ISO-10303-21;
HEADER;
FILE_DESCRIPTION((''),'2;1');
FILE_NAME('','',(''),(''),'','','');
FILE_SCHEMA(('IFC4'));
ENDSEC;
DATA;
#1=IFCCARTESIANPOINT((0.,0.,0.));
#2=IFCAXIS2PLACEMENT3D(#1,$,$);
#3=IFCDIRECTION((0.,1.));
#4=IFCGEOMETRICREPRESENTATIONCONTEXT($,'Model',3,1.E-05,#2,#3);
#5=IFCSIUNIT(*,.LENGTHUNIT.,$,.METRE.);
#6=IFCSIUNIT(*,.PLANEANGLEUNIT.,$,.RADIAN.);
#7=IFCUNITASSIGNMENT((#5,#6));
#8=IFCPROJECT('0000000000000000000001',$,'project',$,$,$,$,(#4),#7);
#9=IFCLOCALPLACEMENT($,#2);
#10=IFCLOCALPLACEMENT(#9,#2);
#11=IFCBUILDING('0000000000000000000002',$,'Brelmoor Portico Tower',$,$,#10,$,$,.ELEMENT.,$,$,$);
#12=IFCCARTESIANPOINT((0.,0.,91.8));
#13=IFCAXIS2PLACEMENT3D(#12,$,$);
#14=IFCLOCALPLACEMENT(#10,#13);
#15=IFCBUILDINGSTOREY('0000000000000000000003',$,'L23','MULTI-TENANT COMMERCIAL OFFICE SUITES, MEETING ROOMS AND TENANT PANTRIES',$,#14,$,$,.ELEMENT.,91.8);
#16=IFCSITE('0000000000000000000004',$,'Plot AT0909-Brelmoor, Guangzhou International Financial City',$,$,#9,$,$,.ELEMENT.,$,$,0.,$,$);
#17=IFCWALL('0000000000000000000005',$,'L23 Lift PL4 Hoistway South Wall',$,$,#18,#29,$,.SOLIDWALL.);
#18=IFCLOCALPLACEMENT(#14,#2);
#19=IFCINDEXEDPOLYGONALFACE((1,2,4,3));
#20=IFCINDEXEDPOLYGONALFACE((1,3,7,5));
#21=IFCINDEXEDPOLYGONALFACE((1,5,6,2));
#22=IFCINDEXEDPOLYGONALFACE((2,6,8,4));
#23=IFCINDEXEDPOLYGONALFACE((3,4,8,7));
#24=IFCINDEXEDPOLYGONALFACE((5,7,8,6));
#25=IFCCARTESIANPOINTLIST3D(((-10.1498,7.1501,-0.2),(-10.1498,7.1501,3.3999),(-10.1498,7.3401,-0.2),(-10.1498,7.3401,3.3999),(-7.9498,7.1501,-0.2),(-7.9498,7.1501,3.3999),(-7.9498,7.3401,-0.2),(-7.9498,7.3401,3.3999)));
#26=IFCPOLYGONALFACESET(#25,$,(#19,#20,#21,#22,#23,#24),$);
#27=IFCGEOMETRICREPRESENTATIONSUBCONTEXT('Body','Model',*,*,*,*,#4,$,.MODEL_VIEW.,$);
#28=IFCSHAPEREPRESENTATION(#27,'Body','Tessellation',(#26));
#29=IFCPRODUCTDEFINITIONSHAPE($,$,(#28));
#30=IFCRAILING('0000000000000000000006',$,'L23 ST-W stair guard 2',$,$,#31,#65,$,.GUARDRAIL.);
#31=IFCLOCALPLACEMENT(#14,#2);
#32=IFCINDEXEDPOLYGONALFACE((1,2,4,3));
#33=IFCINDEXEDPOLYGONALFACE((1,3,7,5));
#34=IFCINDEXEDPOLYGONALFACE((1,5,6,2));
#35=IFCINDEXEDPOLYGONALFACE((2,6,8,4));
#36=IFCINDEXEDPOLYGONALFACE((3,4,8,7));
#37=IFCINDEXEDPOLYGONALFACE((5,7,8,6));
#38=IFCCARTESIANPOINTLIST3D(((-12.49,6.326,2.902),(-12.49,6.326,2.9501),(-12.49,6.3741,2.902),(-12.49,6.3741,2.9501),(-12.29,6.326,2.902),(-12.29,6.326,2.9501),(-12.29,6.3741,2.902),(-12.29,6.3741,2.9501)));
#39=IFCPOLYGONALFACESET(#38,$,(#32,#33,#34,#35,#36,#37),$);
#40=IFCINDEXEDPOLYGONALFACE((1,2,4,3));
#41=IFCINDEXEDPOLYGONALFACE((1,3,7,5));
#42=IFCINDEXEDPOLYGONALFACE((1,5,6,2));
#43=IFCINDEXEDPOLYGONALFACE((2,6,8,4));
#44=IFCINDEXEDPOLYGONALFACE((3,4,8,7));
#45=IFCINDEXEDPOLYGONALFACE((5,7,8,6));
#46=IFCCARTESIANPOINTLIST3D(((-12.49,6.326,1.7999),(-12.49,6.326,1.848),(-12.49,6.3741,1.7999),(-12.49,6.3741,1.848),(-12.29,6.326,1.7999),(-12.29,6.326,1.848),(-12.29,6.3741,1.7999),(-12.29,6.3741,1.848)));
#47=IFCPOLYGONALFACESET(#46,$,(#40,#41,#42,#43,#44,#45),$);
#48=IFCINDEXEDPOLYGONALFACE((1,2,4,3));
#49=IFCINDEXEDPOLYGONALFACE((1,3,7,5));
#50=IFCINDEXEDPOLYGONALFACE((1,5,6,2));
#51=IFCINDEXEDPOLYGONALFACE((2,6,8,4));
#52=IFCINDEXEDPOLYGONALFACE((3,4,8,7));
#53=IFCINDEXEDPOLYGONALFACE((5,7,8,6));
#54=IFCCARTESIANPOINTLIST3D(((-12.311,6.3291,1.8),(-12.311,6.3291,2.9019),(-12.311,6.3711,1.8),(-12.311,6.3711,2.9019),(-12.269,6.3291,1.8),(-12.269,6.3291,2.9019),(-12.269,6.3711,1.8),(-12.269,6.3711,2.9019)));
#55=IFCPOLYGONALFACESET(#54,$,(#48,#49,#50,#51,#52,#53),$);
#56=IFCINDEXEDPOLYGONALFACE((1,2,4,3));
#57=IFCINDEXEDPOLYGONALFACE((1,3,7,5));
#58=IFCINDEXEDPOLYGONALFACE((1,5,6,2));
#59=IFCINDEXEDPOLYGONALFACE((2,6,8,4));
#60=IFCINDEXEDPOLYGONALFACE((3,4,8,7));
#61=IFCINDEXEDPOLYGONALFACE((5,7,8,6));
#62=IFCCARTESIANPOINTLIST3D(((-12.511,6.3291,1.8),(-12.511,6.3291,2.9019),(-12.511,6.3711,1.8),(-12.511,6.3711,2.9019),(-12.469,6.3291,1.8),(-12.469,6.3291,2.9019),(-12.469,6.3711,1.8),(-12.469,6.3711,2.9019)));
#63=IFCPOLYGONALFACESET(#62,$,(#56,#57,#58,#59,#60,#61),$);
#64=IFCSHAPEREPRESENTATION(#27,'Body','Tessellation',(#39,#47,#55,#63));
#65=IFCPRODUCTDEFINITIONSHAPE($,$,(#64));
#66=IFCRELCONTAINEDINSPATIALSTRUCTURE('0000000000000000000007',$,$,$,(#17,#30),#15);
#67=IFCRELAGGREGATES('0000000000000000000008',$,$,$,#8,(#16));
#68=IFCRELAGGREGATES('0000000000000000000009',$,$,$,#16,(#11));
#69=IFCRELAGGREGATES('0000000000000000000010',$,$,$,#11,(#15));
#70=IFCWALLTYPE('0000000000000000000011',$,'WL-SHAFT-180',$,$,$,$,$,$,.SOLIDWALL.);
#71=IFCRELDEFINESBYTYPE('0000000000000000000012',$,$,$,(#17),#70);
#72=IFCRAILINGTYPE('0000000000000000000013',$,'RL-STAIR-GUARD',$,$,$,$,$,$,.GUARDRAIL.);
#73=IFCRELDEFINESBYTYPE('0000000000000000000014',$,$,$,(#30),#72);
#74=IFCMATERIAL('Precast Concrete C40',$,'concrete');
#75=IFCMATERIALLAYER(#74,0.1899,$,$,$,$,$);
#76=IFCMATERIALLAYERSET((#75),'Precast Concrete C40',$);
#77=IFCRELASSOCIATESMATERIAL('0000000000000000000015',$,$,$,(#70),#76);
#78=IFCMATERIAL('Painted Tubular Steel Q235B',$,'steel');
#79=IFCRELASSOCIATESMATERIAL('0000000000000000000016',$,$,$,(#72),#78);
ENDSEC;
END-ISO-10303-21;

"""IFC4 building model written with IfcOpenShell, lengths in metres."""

from ifc_helpers import new_model, si_unit, direction, frame, frame_2d, origin, origin_2d, place, context, subcontext, project, spatial, rectangle, extrude, material, layer, layer_set, type_object, element, save


model = new_model("IFC4")

# Units and contexts
model_context = context("Model", 3, precision=1e-05, world=origin(), true_north=direction((0.0, 1.0)))
body_context = subcontext(model_context, "Body", "Model", "MODEL_VIEW")
ifc_project = project(units=[si_unit("LENGTHUNIT", "METRE"), si_unit("PLANEANGLEUNIT", "RADIAN")], contexts=[model_context])

# Site, building, storey
site_placement = place(None, origin())
site = spatial("IfcSite", under=ifc_project, at=site_placement, Name="Plot AT0909-Brelmoor, Guangzhou International Financial City", CompositionType="ELEMENT", RefElevation=0.0)
building_placement = place(site_placement, origin())
building = spatial("IfcBuilding", under=site, at=building_placement, Name="Brelmoor Portico Tower", CompositionType="ELEMENT")
storey_placement = place(building_placement, frame((0.0, 0.0, 91.8)))
storey = spatial("IfcBuildingStorey", under=building, at=storey_placement, Name="L23", Description="MULTI-TENANT COMMERCIAL OFFICE SUITES, MEETING ROOMS AND TENANT PANTRIES", CompositionType="ELEMENT", Elevation=91.8)

# Wall
ifc_material_1 = material(Name="Precast Concrete C40", Category="concrete")
ifc_layer_1 = layer(ifc_material_1, 0.1899)
ifc_layer_set_1 = layer_set([ifc_layer_1], Name="Precast Concrete C40")
wall_type_1 = type_object("IfcWallType", Name="WL-SHAFT-180", PredefinedType="SOLIDWALL", material=ifc_layer_set_1)
for number, where, z_axis, x_axis, name in (
    (1, (-10.1499, 7.2451, -0.2), (0.0, 0.0, 1.0), (1.0, 0.0, 0.0), "L23 Lift PL4 Hoistway South Wall"),
):
    element("IfcWall", number, at=place(storey_placement, frame(where, z_axis=z_axis, x_axis=x_axis)), inside=storey, type_object=wall_type_1, Name=name, PredefinedType="SOLIDWALL", context=body_context, shape_type="SweptSolid", body=[
        extrude(rectangle(XDim=2.2, YDim=0.1899, at=frame_2d((1.1001, 0.0))), origin(), (0.0, 0.0, 1.0), 3.5999),
    ])

# Railing
ifc_material_2 = material(Name="Painted Tubular Steel Q235B", Category="steel")
railing_type = type_object("IfcRailingType", Name="RL-STAIR-GUARD", PredefinedType="GUARDRAIL", material=ifc_material_2)
railing_placement = place(storey_placement, frame((-12.29, 6.3501, 1.8)))
element("IfcRailing", 2, at=railing_placement, inside=storey, type_object=railing_type, Name="L23 ST-W stair guard 2", PredefinedType="GUARDRAIL", context=body_context, shape_type="SweptSolid", body=[
    extrude(rectangle(XDim=0.0481, YDim=0.0481, at=origin_2d()), frame((0.0, 0.0, 1.126), z_axis=(-1.0, 0.0, 0.0), x_axis=(0.0, -1.0, 0.0)), (0.0, 0.0, 1.0), 0.2),
    extrude(rectangle(XDim=0.0481, YDim=0.0481, at=origin_2d()), frame((0.0, 0.0, 0.0239), z_axis=(-1.0, 0.0, 0.0), x_axis=(0.0, -1.0, 0.0)), (0.0, 0.0, 1.0), 0.2),
    extrude(rectangle(XDim=0.042, YDim=0.042, at=origin_2d()), origin(), (0.0, 0.0, 1.0), 1.1018),
    extrude(rectangle(XDim=0.042, YDim=0.042, at=origin_2d()), frame((-0.2, 0.0, 0.0)), (0.0, 0.0, 1.0), 1.1018),
])

save(model, "model.ifc")
